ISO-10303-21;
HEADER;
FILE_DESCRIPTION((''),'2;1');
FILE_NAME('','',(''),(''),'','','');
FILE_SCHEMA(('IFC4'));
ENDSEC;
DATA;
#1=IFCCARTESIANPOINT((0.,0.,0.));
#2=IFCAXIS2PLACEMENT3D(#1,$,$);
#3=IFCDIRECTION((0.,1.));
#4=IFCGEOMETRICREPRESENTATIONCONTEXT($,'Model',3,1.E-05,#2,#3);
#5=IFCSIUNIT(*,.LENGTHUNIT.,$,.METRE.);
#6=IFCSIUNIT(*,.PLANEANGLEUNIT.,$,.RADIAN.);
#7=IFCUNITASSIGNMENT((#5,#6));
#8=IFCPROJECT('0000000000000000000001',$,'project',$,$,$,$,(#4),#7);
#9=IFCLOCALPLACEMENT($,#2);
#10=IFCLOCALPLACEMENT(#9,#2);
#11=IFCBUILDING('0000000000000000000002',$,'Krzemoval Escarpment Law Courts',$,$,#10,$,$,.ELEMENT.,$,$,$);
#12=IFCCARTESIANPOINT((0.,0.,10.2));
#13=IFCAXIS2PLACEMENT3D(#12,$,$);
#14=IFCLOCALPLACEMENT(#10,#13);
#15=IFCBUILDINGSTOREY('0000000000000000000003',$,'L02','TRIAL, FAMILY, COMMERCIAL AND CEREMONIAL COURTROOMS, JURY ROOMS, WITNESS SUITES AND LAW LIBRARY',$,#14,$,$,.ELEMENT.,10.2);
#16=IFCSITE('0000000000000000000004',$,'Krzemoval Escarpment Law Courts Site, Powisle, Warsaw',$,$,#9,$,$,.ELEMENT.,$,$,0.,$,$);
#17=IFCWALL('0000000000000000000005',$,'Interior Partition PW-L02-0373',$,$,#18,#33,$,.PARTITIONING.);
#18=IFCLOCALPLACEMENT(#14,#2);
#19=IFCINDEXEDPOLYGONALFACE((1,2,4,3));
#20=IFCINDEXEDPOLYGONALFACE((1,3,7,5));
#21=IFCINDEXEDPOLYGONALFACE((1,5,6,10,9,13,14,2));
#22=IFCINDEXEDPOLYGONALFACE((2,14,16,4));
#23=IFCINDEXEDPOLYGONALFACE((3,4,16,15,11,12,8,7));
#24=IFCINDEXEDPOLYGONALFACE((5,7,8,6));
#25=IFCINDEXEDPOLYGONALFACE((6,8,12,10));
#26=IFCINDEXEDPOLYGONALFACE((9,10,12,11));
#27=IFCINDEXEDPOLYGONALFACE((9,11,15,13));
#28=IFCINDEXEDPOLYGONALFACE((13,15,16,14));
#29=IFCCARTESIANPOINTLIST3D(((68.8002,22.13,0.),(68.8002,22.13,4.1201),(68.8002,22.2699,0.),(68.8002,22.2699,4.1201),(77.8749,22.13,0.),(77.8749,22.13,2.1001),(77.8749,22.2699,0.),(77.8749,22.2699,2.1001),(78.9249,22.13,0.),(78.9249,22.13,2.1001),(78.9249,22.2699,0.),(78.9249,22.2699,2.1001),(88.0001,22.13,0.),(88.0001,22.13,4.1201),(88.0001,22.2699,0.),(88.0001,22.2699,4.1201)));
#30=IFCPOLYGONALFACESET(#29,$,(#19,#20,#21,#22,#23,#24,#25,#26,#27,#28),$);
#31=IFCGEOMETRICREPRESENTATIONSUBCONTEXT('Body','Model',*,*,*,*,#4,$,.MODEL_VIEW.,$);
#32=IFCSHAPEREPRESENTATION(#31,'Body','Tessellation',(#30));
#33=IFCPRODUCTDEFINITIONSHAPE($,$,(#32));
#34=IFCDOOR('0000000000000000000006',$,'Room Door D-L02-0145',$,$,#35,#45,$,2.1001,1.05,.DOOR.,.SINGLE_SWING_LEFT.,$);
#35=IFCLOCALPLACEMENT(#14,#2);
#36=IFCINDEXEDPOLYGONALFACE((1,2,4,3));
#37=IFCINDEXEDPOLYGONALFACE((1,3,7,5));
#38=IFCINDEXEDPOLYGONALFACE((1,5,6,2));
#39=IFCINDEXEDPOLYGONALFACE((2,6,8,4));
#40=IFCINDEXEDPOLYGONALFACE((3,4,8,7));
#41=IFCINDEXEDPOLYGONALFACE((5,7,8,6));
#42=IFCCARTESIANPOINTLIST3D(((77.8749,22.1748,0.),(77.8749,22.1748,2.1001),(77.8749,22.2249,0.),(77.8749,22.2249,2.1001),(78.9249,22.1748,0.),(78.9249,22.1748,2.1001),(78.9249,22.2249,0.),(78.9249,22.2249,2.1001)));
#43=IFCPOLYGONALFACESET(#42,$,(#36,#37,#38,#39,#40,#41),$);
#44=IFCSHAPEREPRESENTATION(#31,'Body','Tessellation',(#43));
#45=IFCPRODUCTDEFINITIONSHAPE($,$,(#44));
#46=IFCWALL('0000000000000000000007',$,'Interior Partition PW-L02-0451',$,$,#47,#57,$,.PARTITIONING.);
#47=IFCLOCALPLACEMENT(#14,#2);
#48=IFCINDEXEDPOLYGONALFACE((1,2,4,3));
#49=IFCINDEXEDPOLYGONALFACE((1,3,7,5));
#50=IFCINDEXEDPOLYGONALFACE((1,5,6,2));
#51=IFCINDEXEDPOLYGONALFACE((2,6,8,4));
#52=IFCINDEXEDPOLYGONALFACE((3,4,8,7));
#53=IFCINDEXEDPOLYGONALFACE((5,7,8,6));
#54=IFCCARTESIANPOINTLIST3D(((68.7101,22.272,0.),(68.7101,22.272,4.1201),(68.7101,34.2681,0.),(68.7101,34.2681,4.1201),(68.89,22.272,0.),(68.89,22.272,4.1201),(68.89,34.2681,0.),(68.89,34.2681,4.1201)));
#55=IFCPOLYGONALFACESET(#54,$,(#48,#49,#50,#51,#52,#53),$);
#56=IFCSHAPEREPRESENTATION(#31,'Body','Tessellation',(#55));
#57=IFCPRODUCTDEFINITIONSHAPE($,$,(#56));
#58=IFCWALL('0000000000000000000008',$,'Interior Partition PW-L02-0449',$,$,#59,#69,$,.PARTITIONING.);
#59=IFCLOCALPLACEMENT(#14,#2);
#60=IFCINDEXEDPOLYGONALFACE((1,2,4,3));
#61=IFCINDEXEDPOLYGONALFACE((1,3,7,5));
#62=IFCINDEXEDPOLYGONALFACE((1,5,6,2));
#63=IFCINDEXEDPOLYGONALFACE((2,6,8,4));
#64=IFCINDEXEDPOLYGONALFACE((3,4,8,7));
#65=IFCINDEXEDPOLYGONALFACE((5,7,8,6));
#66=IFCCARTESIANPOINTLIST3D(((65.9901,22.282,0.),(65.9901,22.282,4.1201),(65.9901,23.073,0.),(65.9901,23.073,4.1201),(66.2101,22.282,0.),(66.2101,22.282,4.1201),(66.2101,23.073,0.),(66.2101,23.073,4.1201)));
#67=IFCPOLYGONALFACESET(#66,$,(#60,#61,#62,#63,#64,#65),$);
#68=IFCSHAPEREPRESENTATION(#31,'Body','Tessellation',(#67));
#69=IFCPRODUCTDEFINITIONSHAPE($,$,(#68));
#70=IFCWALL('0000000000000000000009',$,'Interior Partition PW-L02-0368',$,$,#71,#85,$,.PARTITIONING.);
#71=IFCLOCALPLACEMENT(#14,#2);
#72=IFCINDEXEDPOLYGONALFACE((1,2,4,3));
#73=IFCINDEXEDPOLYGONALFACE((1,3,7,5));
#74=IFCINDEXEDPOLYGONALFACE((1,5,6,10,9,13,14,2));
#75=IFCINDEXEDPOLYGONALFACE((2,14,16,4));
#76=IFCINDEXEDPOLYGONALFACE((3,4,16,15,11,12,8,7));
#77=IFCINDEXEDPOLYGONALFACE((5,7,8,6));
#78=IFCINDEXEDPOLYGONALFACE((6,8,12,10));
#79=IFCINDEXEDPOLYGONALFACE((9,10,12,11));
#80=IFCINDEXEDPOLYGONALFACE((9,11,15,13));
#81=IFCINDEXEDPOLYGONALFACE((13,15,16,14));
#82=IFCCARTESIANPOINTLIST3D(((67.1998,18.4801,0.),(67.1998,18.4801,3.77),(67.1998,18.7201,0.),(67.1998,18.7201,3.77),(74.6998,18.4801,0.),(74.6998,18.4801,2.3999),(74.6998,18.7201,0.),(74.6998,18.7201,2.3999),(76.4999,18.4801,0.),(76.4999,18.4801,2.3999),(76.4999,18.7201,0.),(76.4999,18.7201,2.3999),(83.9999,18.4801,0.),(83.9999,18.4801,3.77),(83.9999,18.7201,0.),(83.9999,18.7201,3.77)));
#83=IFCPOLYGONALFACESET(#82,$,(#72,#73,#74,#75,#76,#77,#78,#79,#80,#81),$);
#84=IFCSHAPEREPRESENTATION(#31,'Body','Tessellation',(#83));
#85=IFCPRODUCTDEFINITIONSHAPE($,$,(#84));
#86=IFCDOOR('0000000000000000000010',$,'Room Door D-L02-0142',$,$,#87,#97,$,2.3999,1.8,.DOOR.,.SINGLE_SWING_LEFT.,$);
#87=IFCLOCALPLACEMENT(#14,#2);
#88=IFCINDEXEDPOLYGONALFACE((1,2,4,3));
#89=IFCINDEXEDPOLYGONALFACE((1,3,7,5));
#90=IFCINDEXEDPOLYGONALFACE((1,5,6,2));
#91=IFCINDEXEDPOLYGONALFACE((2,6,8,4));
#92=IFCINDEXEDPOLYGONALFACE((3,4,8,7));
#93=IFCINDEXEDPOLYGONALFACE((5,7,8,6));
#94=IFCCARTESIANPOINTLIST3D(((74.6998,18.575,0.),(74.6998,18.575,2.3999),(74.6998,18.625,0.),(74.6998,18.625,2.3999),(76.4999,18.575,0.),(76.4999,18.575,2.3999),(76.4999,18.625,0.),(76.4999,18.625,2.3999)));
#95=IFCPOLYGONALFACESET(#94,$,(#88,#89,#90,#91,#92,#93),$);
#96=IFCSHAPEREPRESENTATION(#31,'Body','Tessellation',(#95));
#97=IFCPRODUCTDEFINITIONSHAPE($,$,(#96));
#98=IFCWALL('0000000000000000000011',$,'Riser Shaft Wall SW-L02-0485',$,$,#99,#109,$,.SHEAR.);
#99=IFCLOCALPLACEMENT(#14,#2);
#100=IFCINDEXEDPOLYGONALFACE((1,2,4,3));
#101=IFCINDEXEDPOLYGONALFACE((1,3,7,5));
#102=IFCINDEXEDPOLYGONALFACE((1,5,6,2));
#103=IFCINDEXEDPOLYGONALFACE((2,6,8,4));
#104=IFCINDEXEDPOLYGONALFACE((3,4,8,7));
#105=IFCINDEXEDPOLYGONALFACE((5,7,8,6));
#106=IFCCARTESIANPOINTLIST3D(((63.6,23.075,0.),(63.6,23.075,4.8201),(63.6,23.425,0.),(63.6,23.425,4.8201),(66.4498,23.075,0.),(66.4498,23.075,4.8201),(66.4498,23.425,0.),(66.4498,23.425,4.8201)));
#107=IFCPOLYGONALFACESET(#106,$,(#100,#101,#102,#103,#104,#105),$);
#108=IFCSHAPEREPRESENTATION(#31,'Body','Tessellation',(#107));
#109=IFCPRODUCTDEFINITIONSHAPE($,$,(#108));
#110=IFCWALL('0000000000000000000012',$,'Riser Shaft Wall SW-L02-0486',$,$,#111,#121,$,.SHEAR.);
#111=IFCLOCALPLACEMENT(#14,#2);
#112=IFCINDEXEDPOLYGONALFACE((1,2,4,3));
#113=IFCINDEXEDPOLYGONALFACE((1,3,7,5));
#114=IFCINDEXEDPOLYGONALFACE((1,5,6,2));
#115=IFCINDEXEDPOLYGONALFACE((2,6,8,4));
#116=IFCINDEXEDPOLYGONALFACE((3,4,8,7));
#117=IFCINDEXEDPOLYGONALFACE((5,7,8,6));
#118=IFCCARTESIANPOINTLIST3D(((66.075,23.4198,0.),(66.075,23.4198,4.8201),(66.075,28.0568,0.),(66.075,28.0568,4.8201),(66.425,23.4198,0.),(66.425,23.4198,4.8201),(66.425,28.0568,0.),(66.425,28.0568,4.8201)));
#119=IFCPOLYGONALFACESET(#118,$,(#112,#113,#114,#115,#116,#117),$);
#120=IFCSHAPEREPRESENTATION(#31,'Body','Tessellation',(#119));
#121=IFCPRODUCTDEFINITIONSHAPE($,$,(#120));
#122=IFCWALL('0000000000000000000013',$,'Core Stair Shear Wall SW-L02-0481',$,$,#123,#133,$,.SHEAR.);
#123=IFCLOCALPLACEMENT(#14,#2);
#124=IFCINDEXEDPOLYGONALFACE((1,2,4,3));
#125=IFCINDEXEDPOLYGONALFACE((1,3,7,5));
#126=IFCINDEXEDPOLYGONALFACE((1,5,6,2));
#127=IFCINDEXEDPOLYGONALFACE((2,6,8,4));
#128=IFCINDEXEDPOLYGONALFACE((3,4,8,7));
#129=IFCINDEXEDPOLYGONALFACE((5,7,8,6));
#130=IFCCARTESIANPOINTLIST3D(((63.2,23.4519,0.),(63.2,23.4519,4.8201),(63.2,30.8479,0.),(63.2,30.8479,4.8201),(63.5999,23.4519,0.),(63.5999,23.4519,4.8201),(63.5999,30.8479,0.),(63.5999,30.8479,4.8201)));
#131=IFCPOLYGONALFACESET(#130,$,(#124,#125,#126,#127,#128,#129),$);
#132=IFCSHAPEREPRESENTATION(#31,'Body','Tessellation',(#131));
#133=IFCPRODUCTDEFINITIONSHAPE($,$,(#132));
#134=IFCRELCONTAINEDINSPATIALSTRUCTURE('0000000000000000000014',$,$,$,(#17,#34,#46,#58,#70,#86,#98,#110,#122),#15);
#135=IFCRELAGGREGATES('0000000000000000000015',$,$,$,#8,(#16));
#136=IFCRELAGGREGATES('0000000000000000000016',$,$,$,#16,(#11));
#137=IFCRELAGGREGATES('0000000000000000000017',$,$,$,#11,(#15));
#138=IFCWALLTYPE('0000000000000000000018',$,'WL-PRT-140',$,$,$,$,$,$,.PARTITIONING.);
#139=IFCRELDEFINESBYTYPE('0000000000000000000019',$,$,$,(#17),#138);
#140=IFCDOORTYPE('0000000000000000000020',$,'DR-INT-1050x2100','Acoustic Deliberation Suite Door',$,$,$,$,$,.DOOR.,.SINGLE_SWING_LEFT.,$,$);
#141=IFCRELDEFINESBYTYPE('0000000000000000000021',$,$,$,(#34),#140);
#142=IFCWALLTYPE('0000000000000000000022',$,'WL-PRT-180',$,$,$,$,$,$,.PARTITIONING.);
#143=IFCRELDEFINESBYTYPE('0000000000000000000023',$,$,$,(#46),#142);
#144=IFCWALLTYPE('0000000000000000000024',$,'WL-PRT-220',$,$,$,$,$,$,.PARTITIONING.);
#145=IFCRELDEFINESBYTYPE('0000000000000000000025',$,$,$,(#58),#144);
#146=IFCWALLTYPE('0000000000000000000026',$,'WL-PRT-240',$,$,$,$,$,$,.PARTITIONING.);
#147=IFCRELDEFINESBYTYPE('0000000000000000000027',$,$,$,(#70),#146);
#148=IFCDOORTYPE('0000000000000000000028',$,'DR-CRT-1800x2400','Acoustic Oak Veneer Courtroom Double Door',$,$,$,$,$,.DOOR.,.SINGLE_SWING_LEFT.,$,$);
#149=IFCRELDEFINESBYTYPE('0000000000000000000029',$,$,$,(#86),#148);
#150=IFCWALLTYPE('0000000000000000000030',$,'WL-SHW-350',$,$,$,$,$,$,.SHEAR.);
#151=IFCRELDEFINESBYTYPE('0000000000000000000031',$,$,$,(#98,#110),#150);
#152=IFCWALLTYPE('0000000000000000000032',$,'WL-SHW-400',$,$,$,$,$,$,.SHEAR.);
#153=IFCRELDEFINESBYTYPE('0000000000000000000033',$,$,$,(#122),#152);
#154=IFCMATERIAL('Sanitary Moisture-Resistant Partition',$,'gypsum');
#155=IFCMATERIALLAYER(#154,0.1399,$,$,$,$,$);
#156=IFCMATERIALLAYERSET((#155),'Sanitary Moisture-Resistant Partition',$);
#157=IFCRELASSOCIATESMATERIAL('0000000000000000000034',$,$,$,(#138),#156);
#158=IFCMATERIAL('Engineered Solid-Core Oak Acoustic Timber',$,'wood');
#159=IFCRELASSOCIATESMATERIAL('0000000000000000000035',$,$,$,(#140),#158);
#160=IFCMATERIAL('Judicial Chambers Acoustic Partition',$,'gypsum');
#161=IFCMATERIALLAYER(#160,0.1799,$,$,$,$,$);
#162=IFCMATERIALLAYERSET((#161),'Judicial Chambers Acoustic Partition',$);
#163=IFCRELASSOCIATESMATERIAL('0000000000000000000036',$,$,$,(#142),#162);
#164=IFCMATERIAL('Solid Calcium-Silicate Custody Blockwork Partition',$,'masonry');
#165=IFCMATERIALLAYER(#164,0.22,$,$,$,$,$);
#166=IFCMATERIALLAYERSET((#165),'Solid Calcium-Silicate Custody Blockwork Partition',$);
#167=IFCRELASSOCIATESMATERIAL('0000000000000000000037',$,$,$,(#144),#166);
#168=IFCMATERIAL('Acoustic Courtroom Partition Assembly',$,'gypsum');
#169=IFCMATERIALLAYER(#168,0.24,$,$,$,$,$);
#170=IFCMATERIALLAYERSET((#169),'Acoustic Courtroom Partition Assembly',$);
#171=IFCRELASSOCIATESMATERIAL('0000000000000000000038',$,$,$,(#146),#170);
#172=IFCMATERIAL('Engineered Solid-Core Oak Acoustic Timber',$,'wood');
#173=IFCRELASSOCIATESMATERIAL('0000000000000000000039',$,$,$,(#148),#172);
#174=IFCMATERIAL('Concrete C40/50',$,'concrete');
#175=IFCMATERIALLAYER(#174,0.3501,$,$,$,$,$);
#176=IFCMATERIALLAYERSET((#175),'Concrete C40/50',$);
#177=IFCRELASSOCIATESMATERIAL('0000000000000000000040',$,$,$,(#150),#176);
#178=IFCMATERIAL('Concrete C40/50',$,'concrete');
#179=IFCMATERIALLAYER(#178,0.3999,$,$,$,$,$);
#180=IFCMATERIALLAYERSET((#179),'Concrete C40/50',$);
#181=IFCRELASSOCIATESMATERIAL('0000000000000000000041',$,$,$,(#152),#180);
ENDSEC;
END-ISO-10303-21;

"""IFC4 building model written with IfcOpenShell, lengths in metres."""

from ifc_helpers import new_model, si_unit, direction, frame, frame_2d, origin, place, context, subcontext, project, spatial, rectangle, extrude, material, layer, layer_set, type_object, element, fill, save


model = new_model("IFC4")

# Units and contexts
model_context = context("Model", 3, precision=1e-05, world=origin(), true_north=direction((0.0, 1.0)))
body_context = subcontext(model_context, "Body", "Model", "MODEL_VIEW")
ifc_project = project(units=[si_unit("LENGTHUNIT", "METRE"), si_unit("PLANEANGLEUNIT", "RADIAN")], contexts=[model_context])

# Site, building, storey
site_placement = place(None, origin())
site = spatial("IfcSite", under=ifc_project, at=site_placement, Name="Krzemoval Escarpment Law Courts Site, Powisle, Warsaw", CompositionType="ELEMENT", RefElevation=0.0)
building_placement = place(site_placement, origin())
building = spatial("IfcBuilding", under=site, at=building_placement, Name="Krzemoval Escarpment Law Courts", CompositionType="ELEMENT")
storey_placement = place(building_placement, frame((0.0, 0.0, 10.2)))
storey = spatial("IfcBuildingStorey", under=building, at=storey_placement, Name="L02", Description="TRIAL, FAMILY, COMMERCIAL AND CEREMONIAL COURTROOMS, JURY ROOMS, WITNESS SUITES AND LAW LIBRARY", CompositionType="ELEMENT", Elevation=10.2)

# Wall, opening, door
ifc_material_1 = material(Name="Sanitary Moisture-Resistant Partition", Category="gypsum")
ifc_layer_1 = layer(ifc_material_1, 0.1399)
ifc_layer_set_1 = layer_set([ifc_layer_1], Name="Sanitary Moisture-Resistant Partition")
wall_type_1 = type_object("IfcWallType", Name="WL-PRT-140", PredefinedType="PARTITIONING", material=ifc_layer_set_1)
wall_1_placement = place(storey_placement, frame((68.8, 22.2, 0.0), z_axis=(0.0, 0.0, 1.0), x_axis=(1.0, 0.0, 0.0)))
wall_1 = element("IfcWall", 1, at=wall_1_placement, inside=storey, type_object=wall_type_1, Name="Interior Partition PW-L02-0373", PredefinedType="PARTITIONING", context=body_context, shape_type="SweptSolid", body=[
    extrude(rectangle(XDim=19.2, YDim=0.1399, at=frame_2d((9.6001, 0.0))), origin(), (0.0, 0.0, 1.0), 4.1201),
])
opening_1_placement = place(wall_1_placement, frame((9.075, 0.0, 0.0)))
opening_1 = element("IfcOpeningElement", 2, at=opening_1_placement, cuts=wall_1, PredefinedType="OPENING", context=body_context, shape_type="SweptSolid", body=[
    extrude(rectangle(XDim=1.05, YDim=2.1001, at=frame_2d((0.5249, 1.05))), frame((0.0, 0.0849, 0.0), z_axis=(0.0, -1.0, 0.0), x_axis=(1.0, 0.0, 0.0)), (0.0, 0.0, 1.0), 0.1699),
])
ifc_material_2 = material(Name="Engineered Solid-Core Oak Acoustic Timber", Category="wood")
door_type_1 = type_object("IfcDoorType", Name="DR-INT-1050x2100", Description="Acoustic Deliberation Suite Door", OperationType="SINGLE_SWING_LEFT", PredefinedType="DOOR", material=ifc_material_2)
door_1_placement = place(opening_1_placement, origin())
door_1 = element("IfcDoor", 3, at=door_1_placement, inside=storey, type_object=door_type_1, Name="Room Door D-L02-0145", OperationType="SINGLE_SWING_LEFT", OverallHeight=2.1001, OverallWidth=1.05, PredefinedType="DOOR", context=body_context, shape_type="SweptSolid", body=[
    extrude(rectangle(XDim=1.05, YDim=2.1001, at=frame_2d((0.5249, 1.05))), frame((0.0, 0.0249, 0.0), z_axis=(0.0, -1.0, 0.0), x_axis=(1.0, 0.0, 0.0)), (0.0, 0.0, 1.0), 0.05),
])
fill(opening_1, door_1)

# Walls
ifc_material_3 = material(Name="Judicial Chambers Acoustic Partition", Category="gypsum")
ifc_layer_2 = layer(ifc_material_3, 0.1799)
ifc_layer_set_2 = layer_set([ifc_layer_2], Name="Judicial Chambers Acoustic Partition")
wall_type_2 = type_object("IfcWallType", Name="WL-PRT-180", PredefinedType="PARTITIONING", material=ifc_layer_set_2)
wall_2_placement = place(storey_placement, frame((68.8, 22.272, 0.0), z_axis=(0.0, 0.0, 1.0), x_axis=(0.0, 1.0, 0.0)))
element("IfcWall", 4, at=wall_2_placement, inside=storey, type_object=wall_type_2, Name="Interior Partition PW-L02-0451", PredefinedType="PARTITIONING", context=body_context, shape_type="SweptSolid", body=[
    extrude(rectangle(XDim=11.9961, YDim=0.1799, at=frame_2d((5.998, 0.0))), origin(), (0.0, 0.0, 1.0), 4.1201),
])
ifc_material_4 = material(Name="Solid Calcium-Silicate Custody Blockwork Partition", Category="masonry")
ifc_layer_3 = layer(ifc_material_4, 0.22)
ifc_layer_set_3 = layer_set([ifc_layer_3], Name="Solid Calcium-Silicate Custody Blockwork Partition")
wall_type_3 = type_object("IfcWallType", Name="WL-PRT-220", PredefinedType="PARTITIONING", material=ifc_layer_set_3)
wall_3_placement = place(storey_placement, frame((66.1001, 22.282, 0.0), z_axis=(0.0, 0.0, 1.0), x_axis=(0.0, 1.0, 0.0)))
element("IfcWall", 5, at=wall_3_placement, inside=storey, type_object=wall_type_3, Name="Interior Partition PW-L02-0449", PredefinedType="PARTITIONING", context=body_context, shape_type="SweptSolid", body=[
    extrude(rectangle(XDim=0.791, YDim=0.22, at=frame_2d((0.3955, 0.0))), origin(), (0.0, 0.0, 1.0), 4.1201),
])

# Wall, opening, door
ifc_material_5 = material(Name="Acoustic Courtroom Partition Assembly", Category="gypsum")
ifc_layer_4 = layer(ifc_material_5, 0.24)
ifc_layer_set_4 = layer_set([ifc_layer_4], Name="Acoustic Courtroom Partition Assembly")
wall_type_4 = type_object("IfcWallType", Name="WL-PRT-240", PredefinedType="PARTITIONING", material=ifc_layer_set_4)
wall_4_placement = place(storey_placement, frame((67.2, 18.6001, 0.0), z_axis=(0.0, 0.0, 1.0), x_axis=(1.0, 0.0, 0.0)))
wall_4 = element("IfcWall", 6, at=wall_4_placement, inside=storey, type_object=wall_type_4, Name="Interior Partition PW-L02-0368", PredefinedType="PARTITIONING", context=body_context, shape_type="SweptSolid", body=[
    extrude(rectangle(XDim=16.8, YDim=0.24, at=frame_2d((8.3999, 0.0))), origin(), (0.0, 0.0, 1.0), 3.77),
])
opening_2_placement = place(wall_4_placement, frame((7.5, 0.0, 0.0)))
opening_2 = element("IfcOpeningElement", 7, at=opening_2_placement, cuts=wall_4, PredefinedType="OPENING", context=body_context, shape_type="SweptSolid", body=[
    extrude(rectangle(XDim=1.8, YDim=2.3999, at=frame_2d((0.8999, 1.2))), frame((0.0, 0.135, 0.0), z_axis=(0.0, -1.0, 0.0), x_axis=(1.0, 0.0, 0.0)), (0.0, 0.0, 1.0), 0.27),
])
ifc_material_6 = material(Name="Engineered Solid-Core Oak Acoustic Timber", Category="wood")
door_type_2 = type_object("IfcDoorType", Name="DR-CRT-1800x2400", Description="Acoustic Oak Veneer Courtroom Double Door", OperationType="SINGLE_SWING_LEFT", PredefinedType="DOOR", material=ifc_material_6)
door_2_placement = place(opening_2_placement, origin())
door_2 = element("IfcDoor", 8, at=door_2_placement, inside=storey, type_object=door_type_2, Name="Room Door D-L02-0142", OperationType="SINGLE_SWING_LEFT", OverallHeight=2.3999, OverallWidth=1.8, PredefinedType="DOOR", context=body_context, shape_type="SweptSolid", body=[
    extrude(rectangle(XDim=1.8, YDim=2.3999, at=frame_2d((0.8999, 1.2))), frame((0.0, 0.0249, 0.0), z_axis=(0.0, -1.0, 0.0), x_axis=(1.0, 0.0, 0.0)), (0.0, 0.0, 1.0), 0.05),
])
fill(opening_2, door_2)

# Walls
ifc_material_7 = material(Name="Concrete C40/50", Category="concrete")
ifc_layer_5 = layer(ifc_material_7, 0.3501)
ifc_layer_set_5 = layer_set([ifc_layer_5], Name="Concrete C40/50")
wall_type_5 = type_object("IfcWallType", Name="WL-SHW-350", PredefinedType="SHEAR", material=ifc_layer_set_5)
wall_5_placement = place(storey_placement, frame((63.6001, 23.25, 0.0), z_axis=(0.0, 0.0, 1.0), x_axis=(1.0, 0.0, 0.0)))
element("IfcWall", 9, at=wall_5_placement, inside=storey, type_object=wall_type_5, Name="Riser Shaft Wall SW-L02-0485", PredefinedType="SHEAR", context=body_context, shape_type="SweptSolid", body=[
    extrude(rectangle(XDim=2.8499, YDim=0.3501, at=frame_2d((1.4248, 0.0))), origin(), (0.0, 0.0, 1.0), 4.8201),
])
wall_6_placement = place(storey_placement, frame((66.25, 23.4199, 0.0), z_axis=(0.0, 0.0, 1.0), x_axis=(0.0, 1.0, 0.0)))
element("IfcWall", 10, at=wall_6_placement, inside=storey, type_object=wall_type_5, Name="Riser Shaft Wall SW-L02-0486", PredefinedType="SHEAR", context=body_context, shape_type="SweptSolid", body=[
    extrude(rectangle(XDim=4.637, YDim=0.3501, at=frame_2d((2.3184, 0.0))), origin(), (0.0, 0.0, 1.0), 4.8201),
])
ifc_material_8 = material(Name="Concrete C40/50", Category="concrete")
ifc_layer_6 = layer(ifc_material_8, 0.3999)
ifc_layer_set_6 = layer_set([ifc_layer_6], Name="Concrete C40/50")
wall_type_6 = type_object("IfcWallType", Name="WL-SHW-400", PredefinedType="SHEAR", material=ifc_layer_set_6)
wall_7_placement = place(storey_placement, frame((63.3999, 23.4519, 0.0), z_axis=(0.0, 0.0, 1.0), x_axis=(0.0, 1.0, 0.0)))
element("IfcWall", 11, at=wall_7_placement, inside=storey, type_object=wall_type_6, Name="Core Stair Shear Wall SW-L02-0481", PredefinedType="SHEAR", context=body_context, shape_type="SweptSolid", body=[
    extrude(rectangle(XDim=7.396, YDim=0.3999, at=frame_2d((3.698, 0.0))), origin(), (0.0, 0.0, 1.0), 4.8201),
])

save(model, "model.ifc")
